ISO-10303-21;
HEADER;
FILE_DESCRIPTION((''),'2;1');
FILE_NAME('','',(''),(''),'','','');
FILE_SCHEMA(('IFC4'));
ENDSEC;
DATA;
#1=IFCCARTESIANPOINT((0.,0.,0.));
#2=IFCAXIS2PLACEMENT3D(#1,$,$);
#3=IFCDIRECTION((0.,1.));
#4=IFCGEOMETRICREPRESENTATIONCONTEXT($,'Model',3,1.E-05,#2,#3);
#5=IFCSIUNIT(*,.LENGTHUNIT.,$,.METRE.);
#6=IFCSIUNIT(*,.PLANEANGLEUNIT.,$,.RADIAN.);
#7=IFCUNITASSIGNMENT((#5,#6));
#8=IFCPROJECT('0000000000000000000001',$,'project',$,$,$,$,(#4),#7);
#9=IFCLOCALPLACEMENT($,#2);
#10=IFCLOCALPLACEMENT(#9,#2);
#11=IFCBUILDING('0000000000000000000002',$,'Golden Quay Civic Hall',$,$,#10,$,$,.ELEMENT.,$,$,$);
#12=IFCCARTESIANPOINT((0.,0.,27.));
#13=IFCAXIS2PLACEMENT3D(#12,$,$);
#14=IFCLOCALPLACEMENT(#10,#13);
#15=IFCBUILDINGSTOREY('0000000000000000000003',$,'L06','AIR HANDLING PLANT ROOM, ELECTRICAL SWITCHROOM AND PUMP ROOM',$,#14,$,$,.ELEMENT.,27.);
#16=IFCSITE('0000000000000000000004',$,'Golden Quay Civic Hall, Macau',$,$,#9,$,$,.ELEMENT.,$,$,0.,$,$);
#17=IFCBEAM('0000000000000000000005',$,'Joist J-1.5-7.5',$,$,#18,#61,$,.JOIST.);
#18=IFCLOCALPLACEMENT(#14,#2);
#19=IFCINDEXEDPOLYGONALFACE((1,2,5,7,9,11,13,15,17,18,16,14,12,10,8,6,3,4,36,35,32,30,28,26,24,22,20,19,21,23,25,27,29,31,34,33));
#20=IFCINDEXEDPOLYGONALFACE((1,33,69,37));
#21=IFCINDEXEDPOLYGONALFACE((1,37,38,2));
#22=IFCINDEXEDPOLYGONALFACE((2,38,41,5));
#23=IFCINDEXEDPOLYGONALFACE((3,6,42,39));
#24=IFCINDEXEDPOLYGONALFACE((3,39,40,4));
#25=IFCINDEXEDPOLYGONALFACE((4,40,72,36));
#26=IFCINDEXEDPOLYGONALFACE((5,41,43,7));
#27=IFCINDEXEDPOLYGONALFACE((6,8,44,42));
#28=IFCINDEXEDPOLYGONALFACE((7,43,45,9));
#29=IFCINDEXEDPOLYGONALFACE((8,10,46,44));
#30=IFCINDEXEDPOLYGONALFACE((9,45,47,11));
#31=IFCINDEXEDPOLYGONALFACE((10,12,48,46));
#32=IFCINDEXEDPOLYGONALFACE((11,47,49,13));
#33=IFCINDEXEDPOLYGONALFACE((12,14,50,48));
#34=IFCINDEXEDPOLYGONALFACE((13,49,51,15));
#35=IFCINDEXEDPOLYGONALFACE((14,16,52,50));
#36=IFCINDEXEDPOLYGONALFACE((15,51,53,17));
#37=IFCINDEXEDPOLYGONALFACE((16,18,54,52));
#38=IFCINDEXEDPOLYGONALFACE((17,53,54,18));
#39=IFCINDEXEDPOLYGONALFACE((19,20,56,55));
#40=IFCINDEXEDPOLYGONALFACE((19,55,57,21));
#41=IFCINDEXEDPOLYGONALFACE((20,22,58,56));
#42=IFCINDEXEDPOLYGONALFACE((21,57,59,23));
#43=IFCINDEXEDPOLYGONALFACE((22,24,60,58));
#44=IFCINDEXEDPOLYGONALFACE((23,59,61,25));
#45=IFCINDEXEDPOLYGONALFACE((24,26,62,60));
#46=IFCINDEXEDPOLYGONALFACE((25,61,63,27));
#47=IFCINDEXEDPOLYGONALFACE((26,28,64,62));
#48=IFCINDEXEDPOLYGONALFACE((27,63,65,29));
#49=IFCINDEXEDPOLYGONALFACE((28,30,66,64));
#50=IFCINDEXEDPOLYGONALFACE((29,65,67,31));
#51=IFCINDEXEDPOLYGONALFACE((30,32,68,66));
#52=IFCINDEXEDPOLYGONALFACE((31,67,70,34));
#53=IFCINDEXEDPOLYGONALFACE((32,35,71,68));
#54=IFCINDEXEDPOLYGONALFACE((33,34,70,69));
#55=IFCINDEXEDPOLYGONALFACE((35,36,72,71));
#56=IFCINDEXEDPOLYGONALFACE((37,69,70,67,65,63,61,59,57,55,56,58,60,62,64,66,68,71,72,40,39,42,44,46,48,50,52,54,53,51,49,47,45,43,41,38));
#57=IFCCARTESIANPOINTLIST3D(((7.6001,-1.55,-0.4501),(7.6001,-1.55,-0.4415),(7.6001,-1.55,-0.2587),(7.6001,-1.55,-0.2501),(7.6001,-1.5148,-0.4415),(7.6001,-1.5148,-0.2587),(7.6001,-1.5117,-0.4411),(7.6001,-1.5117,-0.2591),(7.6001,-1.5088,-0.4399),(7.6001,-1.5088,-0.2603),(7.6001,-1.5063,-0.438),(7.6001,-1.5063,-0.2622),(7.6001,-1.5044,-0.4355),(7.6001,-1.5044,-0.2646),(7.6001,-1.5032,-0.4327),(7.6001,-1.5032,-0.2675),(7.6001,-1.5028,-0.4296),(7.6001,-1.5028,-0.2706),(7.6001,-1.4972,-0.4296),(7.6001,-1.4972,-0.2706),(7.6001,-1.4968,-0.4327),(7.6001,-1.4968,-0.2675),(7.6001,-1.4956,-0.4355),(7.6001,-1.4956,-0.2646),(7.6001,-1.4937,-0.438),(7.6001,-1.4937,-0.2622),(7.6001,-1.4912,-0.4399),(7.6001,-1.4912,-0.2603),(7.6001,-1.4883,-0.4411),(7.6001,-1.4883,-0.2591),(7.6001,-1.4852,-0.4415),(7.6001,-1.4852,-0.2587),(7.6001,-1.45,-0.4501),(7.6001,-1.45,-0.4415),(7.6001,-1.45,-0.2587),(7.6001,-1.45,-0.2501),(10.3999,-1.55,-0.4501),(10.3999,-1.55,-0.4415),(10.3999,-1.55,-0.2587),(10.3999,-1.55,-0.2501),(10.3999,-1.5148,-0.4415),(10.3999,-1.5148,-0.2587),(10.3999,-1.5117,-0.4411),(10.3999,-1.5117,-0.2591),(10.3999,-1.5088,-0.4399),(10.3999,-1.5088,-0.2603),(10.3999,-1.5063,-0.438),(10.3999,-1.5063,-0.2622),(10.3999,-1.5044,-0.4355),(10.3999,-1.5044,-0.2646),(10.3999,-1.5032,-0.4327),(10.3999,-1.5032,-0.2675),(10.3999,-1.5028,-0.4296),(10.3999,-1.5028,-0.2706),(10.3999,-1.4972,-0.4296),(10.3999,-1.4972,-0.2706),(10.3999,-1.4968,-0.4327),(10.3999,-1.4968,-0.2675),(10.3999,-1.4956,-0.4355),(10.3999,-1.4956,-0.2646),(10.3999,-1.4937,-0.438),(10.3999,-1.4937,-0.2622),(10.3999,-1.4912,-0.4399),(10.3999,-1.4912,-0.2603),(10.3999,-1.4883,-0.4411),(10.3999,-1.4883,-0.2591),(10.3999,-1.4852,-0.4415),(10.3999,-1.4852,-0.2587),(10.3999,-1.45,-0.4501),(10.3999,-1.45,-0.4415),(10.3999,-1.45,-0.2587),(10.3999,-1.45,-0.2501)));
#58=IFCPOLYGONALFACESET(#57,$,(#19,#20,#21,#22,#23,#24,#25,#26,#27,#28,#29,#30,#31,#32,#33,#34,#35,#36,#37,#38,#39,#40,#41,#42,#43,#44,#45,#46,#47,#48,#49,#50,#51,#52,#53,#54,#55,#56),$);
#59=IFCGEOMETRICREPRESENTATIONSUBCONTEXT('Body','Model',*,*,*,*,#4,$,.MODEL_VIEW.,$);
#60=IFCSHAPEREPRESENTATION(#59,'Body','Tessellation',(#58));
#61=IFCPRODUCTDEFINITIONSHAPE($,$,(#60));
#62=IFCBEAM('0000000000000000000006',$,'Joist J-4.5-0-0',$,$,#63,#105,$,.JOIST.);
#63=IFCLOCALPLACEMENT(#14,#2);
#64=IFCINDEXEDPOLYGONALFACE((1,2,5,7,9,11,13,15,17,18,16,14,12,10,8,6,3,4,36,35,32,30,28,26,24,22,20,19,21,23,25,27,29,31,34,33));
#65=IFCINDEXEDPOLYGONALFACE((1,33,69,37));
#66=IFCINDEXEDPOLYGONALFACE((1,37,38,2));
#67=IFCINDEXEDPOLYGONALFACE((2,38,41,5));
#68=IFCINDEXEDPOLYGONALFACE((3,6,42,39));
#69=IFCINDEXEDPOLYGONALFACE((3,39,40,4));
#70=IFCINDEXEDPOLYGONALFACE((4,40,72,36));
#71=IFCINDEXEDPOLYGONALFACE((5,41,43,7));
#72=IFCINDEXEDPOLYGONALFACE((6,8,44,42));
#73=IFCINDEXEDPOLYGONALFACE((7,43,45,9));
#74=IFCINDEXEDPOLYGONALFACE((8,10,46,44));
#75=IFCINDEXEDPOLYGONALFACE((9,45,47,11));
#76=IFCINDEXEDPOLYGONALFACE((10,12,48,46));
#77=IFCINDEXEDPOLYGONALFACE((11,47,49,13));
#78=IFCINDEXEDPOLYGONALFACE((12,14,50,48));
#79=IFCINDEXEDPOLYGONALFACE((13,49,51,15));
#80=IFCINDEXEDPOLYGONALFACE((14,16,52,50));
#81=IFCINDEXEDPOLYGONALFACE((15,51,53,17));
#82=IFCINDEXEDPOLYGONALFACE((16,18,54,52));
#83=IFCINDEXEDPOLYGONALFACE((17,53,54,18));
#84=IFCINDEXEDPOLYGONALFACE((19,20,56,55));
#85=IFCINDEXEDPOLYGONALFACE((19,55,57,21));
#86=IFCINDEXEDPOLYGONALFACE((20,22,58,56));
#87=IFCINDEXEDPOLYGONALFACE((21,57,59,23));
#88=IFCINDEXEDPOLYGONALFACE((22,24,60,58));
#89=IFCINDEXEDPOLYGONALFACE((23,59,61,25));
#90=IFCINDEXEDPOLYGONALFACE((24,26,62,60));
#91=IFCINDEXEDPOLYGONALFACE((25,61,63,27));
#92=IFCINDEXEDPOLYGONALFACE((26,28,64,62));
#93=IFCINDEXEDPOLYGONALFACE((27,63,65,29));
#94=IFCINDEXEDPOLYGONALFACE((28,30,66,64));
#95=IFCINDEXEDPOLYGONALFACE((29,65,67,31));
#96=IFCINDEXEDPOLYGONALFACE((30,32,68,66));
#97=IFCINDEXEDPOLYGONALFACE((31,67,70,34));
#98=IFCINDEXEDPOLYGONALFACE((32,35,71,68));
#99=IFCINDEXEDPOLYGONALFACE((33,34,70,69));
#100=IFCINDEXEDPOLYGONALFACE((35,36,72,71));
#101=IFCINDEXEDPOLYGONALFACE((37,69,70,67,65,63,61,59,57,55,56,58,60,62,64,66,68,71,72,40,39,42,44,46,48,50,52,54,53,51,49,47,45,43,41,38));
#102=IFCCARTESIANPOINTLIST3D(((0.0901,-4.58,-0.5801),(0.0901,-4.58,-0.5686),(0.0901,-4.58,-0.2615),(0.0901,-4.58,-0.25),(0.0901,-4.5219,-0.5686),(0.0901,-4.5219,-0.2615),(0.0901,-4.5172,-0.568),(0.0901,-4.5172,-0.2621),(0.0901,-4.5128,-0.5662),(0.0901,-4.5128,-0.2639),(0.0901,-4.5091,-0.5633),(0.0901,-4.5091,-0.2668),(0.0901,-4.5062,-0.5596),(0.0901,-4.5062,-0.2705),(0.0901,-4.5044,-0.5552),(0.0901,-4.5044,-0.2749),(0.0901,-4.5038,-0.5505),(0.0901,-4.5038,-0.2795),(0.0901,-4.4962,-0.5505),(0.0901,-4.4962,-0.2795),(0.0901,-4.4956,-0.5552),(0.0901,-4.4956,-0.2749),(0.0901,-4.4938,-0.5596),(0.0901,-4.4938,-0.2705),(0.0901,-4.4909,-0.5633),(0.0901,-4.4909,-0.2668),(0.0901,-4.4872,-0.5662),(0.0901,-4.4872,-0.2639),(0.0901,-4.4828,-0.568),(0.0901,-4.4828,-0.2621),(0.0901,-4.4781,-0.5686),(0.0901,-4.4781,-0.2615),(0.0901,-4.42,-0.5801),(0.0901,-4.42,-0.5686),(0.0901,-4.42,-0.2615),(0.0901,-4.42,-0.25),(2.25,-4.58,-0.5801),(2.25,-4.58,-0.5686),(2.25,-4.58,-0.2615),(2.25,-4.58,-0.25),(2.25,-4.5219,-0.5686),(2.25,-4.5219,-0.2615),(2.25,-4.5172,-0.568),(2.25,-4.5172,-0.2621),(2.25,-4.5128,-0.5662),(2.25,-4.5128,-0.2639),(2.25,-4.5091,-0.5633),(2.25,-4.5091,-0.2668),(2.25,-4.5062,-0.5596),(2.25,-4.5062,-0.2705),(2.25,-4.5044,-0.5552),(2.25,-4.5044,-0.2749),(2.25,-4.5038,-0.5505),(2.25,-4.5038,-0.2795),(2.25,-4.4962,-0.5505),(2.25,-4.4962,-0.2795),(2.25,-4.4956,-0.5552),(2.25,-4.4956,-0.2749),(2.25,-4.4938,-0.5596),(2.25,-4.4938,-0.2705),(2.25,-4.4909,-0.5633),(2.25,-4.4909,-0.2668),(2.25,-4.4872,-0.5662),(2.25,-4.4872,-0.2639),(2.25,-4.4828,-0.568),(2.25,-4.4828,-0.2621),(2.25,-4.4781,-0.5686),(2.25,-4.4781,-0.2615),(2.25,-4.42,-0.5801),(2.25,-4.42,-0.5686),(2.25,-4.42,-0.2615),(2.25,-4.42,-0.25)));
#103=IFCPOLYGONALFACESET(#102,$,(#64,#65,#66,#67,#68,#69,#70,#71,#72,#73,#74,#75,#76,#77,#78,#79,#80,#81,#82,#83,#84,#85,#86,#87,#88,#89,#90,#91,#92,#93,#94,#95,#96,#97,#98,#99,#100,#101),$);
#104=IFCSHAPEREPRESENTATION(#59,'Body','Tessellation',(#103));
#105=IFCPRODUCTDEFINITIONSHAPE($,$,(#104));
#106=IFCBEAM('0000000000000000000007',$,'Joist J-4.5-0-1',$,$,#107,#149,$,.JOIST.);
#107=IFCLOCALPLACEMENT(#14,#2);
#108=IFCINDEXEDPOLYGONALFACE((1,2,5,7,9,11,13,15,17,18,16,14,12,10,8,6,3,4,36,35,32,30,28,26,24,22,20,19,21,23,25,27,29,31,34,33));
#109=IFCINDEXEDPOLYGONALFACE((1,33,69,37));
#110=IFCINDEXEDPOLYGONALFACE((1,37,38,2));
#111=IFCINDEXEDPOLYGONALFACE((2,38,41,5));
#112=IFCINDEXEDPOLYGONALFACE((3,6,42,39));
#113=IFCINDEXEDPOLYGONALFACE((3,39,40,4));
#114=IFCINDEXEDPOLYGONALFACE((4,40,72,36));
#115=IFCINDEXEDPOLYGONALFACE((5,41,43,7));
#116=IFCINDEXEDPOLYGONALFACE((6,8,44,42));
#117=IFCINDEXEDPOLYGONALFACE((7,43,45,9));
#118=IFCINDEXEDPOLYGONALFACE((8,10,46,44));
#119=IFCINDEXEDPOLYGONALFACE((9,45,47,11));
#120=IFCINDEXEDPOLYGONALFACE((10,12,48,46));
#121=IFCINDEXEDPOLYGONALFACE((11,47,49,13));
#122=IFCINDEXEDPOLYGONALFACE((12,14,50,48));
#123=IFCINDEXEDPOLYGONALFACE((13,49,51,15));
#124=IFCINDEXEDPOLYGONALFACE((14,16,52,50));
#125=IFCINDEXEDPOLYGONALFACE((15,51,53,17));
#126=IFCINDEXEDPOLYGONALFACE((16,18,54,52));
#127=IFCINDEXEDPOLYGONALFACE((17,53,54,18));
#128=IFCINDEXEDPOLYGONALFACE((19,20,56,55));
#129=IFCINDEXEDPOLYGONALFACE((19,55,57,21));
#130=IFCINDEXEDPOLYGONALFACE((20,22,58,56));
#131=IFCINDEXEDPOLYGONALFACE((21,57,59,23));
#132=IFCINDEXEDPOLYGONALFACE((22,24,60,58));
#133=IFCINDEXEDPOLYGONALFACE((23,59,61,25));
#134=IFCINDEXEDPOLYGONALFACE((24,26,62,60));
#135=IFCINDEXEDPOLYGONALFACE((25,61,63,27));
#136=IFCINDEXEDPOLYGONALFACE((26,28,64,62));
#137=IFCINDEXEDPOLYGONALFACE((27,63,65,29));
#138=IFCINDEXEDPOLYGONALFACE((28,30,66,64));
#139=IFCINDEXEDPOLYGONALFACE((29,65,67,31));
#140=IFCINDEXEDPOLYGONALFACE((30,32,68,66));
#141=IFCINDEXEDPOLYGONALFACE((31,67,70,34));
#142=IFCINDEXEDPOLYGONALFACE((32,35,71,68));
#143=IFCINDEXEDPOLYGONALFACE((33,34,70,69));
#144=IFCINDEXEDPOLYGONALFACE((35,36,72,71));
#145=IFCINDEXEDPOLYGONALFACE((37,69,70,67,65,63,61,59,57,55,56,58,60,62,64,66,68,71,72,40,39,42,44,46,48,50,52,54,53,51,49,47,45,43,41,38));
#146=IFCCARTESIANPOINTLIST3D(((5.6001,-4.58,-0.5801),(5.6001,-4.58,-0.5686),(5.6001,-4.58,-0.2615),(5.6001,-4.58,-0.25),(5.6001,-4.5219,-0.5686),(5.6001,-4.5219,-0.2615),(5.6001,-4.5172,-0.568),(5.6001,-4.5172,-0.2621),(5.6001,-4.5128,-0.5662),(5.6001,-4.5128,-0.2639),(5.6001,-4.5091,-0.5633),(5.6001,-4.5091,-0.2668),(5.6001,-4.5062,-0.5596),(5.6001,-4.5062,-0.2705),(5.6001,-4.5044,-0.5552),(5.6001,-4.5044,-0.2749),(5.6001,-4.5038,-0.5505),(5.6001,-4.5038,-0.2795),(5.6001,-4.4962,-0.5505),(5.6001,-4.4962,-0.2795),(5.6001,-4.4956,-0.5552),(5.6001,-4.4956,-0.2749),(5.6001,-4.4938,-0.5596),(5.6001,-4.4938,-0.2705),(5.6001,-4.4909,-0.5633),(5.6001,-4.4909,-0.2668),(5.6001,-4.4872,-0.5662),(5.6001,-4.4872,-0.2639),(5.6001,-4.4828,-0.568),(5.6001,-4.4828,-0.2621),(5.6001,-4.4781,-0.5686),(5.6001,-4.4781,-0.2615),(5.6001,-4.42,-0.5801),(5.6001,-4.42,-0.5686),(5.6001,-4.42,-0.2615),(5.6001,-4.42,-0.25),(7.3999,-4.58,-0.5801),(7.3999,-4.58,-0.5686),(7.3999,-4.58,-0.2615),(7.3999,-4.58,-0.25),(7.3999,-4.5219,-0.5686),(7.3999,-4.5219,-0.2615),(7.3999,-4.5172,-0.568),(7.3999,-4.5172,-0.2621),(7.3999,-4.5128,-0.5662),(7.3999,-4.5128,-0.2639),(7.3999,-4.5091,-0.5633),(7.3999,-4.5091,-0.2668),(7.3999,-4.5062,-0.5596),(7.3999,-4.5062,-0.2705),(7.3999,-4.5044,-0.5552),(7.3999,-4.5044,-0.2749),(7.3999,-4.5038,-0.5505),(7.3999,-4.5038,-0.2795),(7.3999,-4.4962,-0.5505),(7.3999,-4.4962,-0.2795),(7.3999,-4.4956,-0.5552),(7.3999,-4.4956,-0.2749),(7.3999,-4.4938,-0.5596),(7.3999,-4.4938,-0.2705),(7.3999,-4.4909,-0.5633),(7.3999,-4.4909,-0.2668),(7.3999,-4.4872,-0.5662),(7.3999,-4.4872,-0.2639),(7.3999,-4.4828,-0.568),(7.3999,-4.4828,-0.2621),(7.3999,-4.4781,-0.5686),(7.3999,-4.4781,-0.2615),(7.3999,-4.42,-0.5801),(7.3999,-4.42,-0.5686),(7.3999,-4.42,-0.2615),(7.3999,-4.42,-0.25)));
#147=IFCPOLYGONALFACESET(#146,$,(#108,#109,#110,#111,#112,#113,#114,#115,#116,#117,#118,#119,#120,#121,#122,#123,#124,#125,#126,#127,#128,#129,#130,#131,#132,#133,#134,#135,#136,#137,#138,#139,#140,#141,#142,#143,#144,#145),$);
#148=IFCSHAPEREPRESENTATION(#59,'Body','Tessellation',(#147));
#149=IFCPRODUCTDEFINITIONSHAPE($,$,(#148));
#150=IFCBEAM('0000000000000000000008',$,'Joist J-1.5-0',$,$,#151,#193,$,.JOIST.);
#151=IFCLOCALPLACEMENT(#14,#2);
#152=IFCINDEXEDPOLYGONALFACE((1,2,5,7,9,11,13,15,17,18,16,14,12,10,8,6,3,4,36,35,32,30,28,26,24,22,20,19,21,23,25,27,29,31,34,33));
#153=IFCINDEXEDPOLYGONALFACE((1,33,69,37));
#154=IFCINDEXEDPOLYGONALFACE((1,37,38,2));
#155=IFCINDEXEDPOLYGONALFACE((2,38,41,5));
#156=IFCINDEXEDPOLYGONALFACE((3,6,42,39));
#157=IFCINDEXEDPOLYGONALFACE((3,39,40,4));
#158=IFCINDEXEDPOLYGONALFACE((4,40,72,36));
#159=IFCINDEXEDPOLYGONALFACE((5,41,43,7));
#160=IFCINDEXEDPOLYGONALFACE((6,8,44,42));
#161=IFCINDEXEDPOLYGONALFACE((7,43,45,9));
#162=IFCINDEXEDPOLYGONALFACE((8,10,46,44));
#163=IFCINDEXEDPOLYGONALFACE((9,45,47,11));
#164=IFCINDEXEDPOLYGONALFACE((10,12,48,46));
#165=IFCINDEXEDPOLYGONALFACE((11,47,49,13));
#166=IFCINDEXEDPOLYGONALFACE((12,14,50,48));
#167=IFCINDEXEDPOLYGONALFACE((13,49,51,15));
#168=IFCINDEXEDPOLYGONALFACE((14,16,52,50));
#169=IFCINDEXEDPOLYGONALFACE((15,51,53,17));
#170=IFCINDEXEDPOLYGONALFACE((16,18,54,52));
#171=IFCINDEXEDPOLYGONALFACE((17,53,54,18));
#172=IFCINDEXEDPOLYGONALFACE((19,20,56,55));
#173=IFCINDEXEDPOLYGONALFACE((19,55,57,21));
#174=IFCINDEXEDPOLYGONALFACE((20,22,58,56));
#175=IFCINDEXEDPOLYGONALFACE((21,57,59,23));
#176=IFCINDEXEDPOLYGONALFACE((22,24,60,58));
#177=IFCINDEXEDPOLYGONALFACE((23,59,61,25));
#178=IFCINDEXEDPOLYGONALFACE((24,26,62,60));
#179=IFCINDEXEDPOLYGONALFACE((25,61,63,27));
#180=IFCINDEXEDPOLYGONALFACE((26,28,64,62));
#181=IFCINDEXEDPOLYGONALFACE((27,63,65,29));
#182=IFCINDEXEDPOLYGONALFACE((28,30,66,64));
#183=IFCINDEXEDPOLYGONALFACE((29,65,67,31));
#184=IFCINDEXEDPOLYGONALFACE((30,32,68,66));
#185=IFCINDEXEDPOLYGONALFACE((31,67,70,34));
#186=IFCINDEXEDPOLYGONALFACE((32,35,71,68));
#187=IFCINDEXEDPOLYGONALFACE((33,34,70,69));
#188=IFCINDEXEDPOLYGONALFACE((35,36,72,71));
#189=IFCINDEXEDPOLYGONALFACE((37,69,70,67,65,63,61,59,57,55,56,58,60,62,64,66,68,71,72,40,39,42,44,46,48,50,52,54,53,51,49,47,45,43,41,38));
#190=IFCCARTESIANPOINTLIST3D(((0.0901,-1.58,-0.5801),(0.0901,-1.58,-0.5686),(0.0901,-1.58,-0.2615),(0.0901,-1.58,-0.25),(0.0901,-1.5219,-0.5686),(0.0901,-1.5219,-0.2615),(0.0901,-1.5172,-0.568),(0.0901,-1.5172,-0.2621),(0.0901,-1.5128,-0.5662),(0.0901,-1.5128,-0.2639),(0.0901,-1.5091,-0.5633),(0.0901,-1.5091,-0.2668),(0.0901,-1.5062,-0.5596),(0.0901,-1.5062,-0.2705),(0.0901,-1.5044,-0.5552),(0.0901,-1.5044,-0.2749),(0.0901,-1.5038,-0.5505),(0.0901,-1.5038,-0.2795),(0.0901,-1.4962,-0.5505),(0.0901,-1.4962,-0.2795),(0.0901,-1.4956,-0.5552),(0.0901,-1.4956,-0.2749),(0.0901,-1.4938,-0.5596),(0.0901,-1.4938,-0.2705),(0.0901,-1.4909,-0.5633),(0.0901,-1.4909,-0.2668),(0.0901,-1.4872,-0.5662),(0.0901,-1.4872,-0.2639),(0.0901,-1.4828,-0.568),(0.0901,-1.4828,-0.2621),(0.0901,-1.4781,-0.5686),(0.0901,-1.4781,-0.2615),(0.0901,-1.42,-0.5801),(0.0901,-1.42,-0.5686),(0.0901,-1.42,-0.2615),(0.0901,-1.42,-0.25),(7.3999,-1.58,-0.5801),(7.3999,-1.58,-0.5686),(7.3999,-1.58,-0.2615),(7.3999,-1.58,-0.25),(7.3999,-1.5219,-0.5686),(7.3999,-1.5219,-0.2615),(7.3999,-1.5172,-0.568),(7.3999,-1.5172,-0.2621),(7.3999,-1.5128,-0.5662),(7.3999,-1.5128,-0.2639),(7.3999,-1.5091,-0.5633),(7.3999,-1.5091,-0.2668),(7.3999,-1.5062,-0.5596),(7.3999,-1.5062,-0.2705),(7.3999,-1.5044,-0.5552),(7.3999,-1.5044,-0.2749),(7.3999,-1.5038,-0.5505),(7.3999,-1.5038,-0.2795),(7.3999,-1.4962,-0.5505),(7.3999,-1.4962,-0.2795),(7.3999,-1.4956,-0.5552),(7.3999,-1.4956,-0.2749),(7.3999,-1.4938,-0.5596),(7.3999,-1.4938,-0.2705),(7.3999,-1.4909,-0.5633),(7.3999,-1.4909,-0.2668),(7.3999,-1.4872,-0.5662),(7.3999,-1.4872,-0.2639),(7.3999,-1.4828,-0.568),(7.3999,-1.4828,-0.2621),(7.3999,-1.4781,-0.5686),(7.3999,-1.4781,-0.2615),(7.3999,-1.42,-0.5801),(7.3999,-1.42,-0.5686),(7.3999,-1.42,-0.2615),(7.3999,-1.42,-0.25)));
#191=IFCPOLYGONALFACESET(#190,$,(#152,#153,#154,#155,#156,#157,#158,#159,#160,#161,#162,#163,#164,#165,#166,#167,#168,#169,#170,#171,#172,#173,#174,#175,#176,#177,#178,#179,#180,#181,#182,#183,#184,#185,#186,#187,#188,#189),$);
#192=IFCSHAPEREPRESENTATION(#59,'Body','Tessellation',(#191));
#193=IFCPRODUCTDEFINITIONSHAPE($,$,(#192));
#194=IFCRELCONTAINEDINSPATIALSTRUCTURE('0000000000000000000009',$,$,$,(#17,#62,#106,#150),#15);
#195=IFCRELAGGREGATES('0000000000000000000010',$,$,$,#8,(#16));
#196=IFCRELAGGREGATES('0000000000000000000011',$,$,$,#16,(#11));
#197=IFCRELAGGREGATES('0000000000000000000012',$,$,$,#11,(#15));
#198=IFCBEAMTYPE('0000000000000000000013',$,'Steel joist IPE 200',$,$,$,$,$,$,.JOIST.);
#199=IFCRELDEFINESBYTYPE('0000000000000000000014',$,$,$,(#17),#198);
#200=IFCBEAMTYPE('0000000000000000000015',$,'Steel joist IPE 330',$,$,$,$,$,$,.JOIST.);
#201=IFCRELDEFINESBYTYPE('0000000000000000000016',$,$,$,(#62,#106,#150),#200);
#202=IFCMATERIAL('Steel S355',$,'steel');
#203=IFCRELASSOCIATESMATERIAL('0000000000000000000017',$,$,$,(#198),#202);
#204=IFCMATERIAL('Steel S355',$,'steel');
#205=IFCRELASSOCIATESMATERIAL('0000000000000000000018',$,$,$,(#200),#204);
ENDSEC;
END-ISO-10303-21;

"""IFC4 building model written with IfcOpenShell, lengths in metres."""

from ifc_helpers import new_model, si_unit, direction, frame, origin, origin_2d, place, context, subcontext, project, spatial, i_section, extrude, material, material_profile, profile_set, type_object, element, save


model = new_model("IFC4")

# Units and contexts
model_context = context("Model", 3, precision=1e-05, world=origin(), true_north=direction((0.0, 1.0)))
body_context = subcontext(model_context, "Body", "Model", "MODEL_VIEW")
ifc_project = project(units=[si_unit("LENGTHUNIT", "METRE"), si_unit("PLANEANGLEUNIT", "RADIAN")], contexts=[model_context])

# Site, building, storey
site_placement = place(None, origin())
site = spatial("IfcSite", under=ifc_project, at=site_placement, Name="Golden Quay Civic Hall, Macau", CompositionType="ELEMENT", RefElevation=0.0)
building_placement = place(site_placement, origin())
building = spatial("IfcBuilding", under=site, at=building_placement, Name="Golden Quay Civic Hall", CompositionType="ELEMENT")
storey_placement = place(building_placement, frame((0.0, 0.0, 27.0)))
storey = spatial("IfcBuildingStorey", under=building, at=storey_placement, Name="L06", Description="AIR HANDLING PLANT ROOM, ELECTRICAL SWITCHROOM AND PUMP ROOM", CompositionType="ELEMENT", Elevation=27.0)

# Beams
ifc_material_1 = material(Name="Steel S355", Category="steel")
ifc_material_profile_1 = material_profile(ifc_material_1, i_section(OverallWidth=0.1001, OverallDepth=0.2, WebThickness=0.0056, FlangeThickness=0.0085, FilletRadius=0.012, at=origin_2d()), Name="IPE 200")
ifc_profile_set_1 = profile_set([ifc_material_profile_1], Name="Steel S355")
beam_type_1 = type_object("IfcBeamType", Name="Steel joist IPE 200", PredefinedType="JOIST", material=ifc_profile_set_1)
for number, where, z_axis, x_axis, name in (
    (1, (7.6001, -1.5, -0.3501), (1.0, 0.0, 0.0), (0.0, 1.0, 0.0), "Joist J-1.5-7.5"),
):
    element("IfcBeam", number, at=place(storey_placement, frame(where, z_axis=z_axis, x_axis=x_axis)), inside=storey, type_object=beam_type_1, Name=name, PredefinedType="JOIST", context=body_context, shape_type="SweptSolid", body=[
        extrude(i_section(OverallWidth=0.1001, OverallDepth=0.2, WebThickness=0.0056, FlangeThickness=0.0085, FilletRadius=0.012, at=origin_2d()), origin(), (0.0, 0.0, 1.0), 2.7998),
    ])
ifc_material_2 = material(Name="Steel S355", Category="steel")
ifc_material_profile_2 = material_profile(ifc_material_2, i_section(OverallWidth=0.1599, OverallDepth=0.3301, WebThickness=0.0076, FlangeThickness=0.0115, FilletRadius=0.0181, at=origin_2d()), Name="IPE 330")
ifc_profile_set_2 = profile_set([ifc_material_profile_2], Name="Steel S355")
beam_type_2 = type_object("IfcBeamType", Name="Steel joist IPE 330", PredefinedType="JOIST", material=ifc_profile_set_2)
beam_1_placement = place(storey_placement, frame((0.0901, -4.5, -0.415), z_axis=(1.0, 0.0, 0.0), x_axis=(0.0, 1.0, 0.0)))
element("IfcBeam", 2, at=beam_1_placement, inside=storey, type_object=beam_type_2, Name="Joist J-4.5-0-0", PredefinedType="JOIST", context=body_context, shape_type="SweptSolid", body=[
    extrude(i_section(OverallWidth=0.1599, OverallDepth=0.3301, WebThickness=0.0076, FlangeThickness=0.0115, FilletRadius=0.0181, at=origin_2d()), origin(), (0.0, 0.0, 1.0), 2.1599),
])
beam_2_placement = place(storey_placement, frame((5.6001, -4.5, -0.415), z_axis=(1.0, 0.0, 0.0), x_axis=(0.0, 1.0, 0.0)))
element("IfcBeam", 3, at=beam_2_placement, inside=storey, type_object=beam_type_2, Name="Joist J-4.5-0-1", PredefinedType="JOIST", context=body_context, shape_type="SweptSolid", body=[
    extrude(i_section(OverallWidth=0.1599, OverallDepth=0.3301, WebThickness=0.0076, FlangeThickness=0.0115, FilletRadius=0.0181, at=origin_2d()), origin(), (0.0, 0.0, 1.0), 1.7998),
])
beam_3_placement = place(storey_placement, frame((0.0901, -1.5, -0.415), z_axis=(1.0, 0.0, 0.0), x_axis=(0.0, 1.0, 0.0)))
element("IfcBeam", 4, at=beam_3_placement, inside=storey, type_object=beam_type_2, Name="Joist J-1.5-0", PredefinedType="JOIST", context=body_context, shape_type="SweptSolid", body=[
    extrude(i_section(OverallWidth=0.1599, OverallDepth=0.3301, WebThickness=0.0076, FlangeThickness=0.0115, FilletRadius=0.0181, at=origin_2d()), origin(), (0.0, 0.0, 1.0), 7.3098),
])

save(model, "model.ifc")
